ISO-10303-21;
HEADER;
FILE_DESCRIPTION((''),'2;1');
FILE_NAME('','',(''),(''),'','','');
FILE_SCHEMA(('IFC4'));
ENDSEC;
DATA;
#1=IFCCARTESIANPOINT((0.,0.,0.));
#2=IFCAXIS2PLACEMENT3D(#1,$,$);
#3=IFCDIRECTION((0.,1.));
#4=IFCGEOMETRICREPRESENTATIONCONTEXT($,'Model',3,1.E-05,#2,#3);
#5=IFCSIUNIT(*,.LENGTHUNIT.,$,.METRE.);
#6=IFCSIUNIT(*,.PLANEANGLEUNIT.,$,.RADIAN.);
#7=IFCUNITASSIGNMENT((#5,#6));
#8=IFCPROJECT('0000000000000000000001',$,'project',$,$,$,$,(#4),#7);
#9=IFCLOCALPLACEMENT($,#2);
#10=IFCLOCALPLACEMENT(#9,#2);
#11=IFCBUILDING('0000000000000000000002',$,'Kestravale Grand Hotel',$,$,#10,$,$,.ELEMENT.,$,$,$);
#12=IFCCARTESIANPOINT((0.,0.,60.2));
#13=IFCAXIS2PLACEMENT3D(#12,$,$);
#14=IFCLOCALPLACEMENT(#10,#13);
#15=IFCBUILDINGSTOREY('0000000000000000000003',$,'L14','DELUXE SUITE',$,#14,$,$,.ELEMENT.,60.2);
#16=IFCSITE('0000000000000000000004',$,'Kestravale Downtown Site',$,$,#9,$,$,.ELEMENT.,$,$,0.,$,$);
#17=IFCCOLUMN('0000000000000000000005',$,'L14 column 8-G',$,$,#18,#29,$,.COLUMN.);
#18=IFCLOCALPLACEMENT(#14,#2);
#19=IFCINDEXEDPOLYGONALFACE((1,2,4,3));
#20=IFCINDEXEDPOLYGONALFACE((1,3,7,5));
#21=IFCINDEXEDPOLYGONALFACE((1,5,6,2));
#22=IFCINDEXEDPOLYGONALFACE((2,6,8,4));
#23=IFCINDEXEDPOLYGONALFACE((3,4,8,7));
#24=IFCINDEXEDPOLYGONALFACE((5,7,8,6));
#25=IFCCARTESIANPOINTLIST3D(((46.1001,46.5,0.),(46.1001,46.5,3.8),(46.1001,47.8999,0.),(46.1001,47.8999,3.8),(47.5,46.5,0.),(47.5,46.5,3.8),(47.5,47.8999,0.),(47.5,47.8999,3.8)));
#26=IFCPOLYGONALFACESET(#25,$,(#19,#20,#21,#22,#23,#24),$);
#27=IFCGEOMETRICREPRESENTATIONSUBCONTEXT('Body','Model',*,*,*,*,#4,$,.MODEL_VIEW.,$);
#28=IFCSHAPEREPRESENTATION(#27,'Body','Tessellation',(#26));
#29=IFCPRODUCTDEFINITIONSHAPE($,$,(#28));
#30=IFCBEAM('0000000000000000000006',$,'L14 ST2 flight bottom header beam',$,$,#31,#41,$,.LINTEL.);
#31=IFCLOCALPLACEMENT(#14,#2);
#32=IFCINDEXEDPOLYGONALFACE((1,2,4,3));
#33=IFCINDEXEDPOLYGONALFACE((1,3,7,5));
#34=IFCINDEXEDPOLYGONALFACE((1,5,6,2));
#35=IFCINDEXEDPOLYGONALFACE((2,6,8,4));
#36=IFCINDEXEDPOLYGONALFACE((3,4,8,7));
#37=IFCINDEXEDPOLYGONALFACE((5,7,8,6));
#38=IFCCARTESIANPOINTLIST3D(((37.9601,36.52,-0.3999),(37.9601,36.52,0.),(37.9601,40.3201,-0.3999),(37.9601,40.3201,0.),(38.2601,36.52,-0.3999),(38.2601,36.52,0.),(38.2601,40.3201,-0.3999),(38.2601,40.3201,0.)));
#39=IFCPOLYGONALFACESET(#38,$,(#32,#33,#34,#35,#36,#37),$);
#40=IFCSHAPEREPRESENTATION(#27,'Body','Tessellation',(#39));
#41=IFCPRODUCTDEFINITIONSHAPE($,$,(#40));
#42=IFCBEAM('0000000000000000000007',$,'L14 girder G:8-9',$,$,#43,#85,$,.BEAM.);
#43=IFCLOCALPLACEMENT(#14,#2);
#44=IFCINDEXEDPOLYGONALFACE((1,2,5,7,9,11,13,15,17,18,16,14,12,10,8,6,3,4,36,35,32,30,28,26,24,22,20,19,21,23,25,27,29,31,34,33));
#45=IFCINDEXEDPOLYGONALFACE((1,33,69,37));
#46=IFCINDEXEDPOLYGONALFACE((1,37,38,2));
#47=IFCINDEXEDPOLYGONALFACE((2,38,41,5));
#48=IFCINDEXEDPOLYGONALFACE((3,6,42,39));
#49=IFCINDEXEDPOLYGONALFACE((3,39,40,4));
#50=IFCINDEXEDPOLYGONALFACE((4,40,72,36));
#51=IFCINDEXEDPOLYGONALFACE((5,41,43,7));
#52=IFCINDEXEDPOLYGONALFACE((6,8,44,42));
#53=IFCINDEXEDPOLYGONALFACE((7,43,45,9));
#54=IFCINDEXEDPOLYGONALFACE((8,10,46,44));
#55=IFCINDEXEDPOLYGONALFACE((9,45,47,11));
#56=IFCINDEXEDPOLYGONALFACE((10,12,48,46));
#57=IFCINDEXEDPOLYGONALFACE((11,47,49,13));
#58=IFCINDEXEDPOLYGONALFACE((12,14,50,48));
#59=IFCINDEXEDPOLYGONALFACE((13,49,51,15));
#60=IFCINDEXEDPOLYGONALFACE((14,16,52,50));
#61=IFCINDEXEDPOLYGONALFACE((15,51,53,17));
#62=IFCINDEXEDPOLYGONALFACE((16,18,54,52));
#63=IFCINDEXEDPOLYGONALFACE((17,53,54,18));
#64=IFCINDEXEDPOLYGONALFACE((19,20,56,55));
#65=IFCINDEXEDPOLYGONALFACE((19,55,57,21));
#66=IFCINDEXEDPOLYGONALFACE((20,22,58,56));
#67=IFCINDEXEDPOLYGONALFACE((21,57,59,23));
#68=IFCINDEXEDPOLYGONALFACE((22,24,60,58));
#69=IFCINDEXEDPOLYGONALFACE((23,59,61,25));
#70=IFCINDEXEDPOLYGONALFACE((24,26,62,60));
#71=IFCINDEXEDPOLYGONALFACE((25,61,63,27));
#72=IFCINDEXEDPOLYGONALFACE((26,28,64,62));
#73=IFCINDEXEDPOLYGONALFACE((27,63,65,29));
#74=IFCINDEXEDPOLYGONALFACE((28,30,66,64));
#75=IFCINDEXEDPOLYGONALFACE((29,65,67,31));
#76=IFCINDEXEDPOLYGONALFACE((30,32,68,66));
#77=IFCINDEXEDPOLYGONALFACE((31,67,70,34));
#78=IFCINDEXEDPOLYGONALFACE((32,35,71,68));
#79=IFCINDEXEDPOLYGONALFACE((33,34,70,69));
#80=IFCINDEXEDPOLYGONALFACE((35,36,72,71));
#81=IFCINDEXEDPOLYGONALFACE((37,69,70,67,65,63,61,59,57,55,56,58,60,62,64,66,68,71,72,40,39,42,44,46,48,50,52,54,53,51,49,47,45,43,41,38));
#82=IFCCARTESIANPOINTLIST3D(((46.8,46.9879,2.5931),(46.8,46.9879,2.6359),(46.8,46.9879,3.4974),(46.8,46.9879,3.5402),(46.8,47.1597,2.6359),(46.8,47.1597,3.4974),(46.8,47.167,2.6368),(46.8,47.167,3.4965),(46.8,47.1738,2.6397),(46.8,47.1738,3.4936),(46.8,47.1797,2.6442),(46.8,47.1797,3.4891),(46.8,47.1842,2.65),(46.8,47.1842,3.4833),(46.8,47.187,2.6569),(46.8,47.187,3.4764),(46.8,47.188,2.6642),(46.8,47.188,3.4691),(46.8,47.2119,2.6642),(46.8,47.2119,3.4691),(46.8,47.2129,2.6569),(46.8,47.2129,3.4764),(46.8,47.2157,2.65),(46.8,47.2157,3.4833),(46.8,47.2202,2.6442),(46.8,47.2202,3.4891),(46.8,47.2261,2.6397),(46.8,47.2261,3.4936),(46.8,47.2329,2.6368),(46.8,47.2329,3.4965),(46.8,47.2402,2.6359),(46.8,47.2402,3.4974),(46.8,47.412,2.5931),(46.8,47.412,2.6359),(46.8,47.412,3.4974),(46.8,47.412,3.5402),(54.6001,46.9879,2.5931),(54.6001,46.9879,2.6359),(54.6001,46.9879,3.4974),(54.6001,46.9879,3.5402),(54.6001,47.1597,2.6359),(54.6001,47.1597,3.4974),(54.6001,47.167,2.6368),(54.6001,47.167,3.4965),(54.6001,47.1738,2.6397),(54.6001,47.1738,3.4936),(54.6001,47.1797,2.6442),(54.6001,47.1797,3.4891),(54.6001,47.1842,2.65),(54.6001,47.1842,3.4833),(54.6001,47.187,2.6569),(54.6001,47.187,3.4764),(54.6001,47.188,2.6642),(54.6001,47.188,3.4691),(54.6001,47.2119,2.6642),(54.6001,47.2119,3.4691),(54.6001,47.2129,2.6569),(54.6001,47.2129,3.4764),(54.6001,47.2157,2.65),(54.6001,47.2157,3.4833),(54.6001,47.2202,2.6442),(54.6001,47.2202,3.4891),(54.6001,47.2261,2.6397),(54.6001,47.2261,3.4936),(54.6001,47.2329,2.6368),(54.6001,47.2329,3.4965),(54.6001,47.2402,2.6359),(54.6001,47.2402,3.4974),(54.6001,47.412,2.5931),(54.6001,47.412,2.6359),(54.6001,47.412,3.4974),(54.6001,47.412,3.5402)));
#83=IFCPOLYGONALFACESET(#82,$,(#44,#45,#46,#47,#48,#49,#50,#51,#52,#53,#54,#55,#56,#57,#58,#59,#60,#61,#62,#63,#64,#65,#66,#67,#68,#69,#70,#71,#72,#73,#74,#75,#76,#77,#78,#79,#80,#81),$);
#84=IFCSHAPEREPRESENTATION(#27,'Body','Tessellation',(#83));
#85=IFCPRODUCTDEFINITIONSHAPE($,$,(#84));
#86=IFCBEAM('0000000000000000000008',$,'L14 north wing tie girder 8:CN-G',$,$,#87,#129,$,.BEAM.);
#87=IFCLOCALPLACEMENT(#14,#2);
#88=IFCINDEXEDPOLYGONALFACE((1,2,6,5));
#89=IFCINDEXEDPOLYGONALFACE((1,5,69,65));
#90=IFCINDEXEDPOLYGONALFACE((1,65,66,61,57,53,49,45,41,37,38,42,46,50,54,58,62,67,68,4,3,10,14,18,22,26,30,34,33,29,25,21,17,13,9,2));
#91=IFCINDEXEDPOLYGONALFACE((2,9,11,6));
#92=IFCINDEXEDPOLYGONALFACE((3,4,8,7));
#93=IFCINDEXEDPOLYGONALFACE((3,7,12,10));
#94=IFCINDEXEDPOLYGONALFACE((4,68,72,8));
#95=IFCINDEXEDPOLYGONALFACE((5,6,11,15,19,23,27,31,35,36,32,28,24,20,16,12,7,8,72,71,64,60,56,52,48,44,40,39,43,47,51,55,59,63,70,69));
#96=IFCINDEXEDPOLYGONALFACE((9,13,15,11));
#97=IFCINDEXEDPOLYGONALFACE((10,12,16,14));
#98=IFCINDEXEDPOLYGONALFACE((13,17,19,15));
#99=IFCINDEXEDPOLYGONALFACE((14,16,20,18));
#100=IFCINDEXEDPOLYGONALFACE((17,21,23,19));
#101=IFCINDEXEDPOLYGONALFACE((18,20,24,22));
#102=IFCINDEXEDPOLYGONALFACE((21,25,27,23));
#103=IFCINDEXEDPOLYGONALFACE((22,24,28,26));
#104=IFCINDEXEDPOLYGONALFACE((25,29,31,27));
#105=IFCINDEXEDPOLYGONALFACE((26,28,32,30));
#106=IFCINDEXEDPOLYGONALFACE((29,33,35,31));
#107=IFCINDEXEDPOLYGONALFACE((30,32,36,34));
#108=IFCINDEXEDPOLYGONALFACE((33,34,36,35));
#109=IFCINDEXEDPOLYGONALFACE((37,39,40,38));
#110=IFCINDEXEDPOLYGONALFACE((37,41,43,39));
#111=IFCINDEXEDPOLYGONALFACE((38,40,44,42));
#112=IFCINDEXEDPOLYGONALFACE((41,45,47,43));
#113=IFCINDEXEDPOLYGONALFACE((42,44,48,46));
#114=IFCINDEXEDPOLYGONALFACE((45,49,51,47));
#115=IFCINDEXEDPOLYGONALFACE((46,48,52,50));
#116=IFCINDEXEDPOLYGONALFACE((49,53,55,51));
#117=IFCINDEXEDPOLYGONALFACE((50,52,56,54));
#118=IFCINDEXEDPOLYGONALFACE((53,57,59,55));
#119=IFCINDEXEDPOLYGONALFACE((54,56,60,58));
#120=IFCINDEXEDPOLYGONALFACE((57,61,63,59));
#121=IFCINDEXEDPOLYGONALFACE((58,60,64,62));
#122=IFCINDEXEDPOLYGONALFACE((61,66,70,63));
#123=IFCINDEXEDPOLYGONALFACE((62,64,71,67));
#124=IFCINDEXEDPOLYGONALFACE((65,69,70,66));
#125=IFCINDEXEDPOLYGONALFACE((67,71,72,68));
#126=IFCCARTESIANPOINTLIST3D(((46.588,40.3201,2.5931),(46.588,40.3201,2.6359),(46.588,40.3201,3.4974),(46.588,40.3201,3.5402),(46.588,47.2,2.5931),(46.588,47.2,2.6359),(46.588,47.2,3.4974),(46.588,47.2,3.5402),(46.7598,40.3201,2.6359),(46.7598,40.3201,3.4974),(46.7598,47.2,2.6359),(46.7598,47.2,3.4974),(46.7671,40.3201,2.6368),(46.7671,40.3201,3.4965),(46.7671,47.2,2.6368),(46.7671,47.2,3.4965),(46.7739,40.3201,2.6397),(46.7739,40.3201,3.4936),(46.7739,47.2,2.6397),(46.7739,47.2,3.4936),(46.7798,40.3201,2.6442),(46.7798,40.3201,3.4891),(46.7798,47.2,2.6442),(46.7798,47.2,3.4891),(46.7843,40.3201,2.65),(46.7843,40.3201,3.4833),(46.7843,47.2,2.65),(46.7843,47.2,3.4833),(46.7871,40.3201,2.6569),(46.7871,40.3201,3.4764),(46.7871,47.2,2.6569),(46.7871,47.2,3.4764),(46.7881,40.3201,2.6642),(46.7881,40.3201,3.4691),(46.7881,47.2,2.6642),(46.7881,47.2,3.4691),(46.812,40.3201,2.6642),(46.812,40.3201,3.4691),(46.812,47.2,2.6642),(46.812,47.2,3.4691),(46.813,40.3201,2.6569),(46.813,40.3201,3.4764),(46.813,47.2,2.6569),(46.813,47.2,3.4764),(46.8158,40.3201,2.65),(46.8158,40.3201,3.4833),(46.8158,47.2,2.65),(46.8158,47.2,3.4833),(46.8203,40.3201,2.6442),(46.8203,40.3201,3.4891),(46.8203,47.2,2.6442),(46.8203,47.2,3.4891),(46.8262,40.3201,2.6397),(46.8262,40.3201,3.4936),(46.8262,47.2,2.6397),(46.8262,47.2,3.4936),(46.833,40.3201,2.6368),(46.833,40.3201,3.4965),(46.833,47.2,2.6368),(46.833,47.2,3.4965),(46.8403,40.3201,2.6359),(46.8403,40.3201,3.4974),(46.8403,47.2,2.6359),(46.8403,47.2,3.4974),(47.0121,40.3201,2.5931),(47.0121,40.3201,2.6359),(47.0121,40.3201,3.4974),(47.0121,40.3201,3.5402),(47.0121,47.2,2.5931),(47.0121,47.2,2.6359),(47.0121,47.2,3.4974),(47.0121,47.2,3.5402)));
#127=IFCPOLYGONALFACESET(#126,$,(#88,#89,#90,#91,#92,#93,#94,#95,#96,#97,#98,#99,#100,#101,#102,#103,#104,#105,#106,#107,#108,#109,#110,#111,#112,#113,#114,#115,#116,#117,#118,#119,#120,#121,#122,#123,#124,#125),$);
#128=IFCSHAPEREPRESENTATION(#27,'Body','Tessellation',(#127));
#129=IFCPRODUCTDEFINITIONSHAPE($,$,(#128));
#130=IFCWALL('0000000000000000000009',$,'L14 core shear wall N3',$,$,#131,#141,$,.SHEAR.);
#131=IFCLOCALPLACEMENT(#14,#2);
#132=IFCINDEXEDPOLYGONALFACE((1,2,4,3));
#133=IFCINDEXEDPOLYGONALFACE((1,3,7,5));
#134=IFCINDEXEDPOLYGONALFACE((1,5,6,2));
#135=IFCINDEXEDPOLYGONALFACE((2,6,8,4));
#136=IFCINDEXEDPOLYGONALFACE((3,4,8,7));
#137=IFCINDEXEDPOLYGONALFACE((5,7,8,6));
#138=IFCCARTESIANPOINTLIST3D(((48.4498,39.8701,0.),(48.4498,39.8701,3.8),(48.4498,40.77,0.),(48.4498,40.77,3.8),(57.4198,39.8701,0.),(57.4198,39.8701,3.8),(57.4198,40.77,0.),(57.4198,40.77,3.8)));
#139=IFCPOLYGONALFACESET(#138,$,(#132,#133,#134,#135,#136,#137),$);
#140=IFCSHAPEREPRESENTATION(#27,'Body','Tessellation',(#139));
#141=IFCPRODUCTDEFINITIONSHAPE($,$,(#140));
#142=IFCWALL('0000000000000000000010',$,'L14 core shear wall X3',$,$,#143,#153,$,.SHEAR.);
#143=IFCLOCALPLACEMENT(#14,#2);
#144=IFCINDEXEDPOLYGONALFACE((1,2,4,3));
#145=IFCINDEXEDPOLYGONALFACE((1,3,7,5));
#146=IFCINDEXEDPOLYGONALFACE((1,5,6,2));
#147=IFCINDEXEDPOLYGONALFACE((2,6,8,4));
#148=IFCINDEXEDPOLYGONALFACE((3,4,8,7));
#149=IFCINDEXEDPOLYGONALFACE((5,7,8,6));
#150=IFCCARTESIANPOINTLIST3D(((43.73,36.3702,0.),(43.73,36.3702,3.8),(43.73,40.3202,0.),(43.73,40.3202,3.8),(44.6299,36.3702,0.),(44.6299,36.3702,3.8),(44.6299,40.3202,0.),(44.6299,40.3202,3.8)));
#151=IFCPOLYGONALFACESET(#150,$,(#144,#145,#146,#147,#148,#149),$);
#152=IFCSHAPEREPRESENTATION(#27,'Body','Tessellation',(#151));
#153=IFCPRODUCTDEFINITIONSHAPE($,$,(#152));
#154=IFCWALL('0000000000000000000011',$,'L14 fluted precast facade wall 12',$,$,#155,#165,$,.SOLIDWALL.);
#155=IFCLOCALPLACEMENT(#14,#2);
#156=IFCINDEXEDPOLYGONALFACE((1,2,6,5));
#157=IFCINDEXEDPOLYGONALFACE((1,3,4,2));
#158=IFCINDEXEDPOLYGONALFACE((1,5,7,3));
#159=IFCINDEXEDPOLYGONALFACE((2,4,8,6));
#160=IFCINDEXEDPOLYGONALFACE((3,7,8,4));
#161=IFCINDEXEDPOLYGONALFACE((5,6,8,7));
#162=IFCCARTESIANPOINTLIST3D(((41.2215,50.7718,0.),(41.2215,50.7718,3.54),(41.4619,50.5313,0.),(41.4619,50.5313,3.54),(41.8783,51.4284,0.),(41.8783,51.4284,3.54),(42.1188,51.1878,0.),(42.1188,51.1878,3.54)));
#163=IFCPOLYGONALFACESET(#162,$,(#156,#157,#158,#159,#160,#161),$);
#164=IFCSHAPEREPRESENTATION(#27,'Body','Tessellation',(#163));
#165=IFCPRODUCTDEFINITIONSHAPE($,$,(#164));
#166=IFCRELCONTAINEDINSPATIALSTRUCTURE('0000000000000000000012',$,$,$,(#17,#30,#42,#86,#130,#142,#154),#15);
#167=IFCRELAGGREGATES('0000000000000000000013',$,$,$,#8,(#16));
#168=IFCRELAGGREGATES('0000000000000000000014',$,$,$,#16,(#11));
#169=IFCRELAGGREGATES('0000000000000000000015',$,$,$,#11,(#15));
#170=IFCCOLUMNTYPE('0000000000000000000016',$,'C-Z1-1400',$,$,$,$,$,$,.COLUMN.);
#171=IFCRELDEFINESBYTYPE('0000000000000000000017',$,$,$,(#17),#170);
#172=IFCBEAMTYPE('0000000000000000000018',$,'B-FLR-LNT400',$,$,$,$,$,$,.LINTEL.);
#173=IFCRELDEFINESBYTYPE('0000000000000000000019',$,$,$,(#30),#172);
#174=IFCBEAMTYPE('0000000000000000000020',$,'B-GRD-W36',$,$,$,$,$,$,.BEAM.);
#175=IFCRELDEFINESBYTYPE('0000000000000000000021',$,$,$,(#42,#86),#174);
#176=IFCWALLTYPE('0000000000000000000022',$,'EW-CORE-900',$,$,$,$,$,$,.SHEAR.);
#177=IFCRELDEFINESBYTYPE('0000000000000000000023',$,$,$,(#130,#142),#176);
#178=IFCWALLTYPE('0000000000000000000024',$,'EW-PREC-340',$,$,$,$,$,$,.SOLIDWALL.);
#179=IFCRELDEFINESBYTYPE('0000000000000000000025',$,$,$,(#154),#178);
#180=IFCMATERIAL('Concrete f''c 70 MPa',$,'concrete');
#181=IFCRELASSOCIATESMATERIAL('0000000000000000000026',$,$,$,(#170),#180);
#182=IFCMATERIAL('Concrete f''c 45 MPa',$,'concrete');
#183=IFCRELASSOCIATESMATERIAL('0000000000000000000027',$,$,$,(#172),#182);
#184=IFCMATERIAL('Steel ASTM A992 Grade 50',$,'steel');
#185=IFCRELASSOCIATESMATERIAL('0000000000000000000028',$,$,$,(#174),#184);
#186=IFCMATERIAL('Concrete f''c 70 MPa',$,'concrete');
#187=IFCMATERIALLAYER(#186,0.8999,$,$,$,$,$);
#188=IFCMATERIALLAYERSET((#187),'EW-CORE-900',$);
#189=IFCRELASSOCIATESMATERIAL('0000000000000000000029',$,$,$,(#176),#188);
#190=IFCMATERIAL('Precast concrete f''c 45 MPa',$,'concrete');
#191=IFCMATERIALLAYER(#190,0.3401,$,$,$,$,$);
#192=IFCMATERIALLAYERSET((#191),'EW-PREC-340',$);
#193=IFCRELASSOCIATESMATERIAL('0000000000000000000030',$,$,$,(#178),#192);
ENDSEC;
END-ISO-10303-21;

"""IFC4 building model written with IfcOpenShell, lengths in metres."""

from ifc_helpers import new_model, si_unit, direction, frame, frame_2d, origin, origin_2d, place, context, subcontext, project, spatial, rectangle, i_section, extrude, material, layer, layer_set, material_profile, profile_set, type_object, element, save


model = new_model("IFC4")

# Units and contexts
model_context = context("Model", 3, precision=1e-05, world=origin(), true_north=direction((0.0, 1.0)))
body_context = subcontext(model_context, "Body", "Model", "MODEL_VIEW")
ifc_project = project(units=[si_unit("LENGTHUNIT", "METRE"), si_unit("PLANEANGLEUNIT", "RADIAN")], contexts=[model_context])

# Site, building, storey
site_placement = place(None, origin())
site = spatial("IfcSite", under=ifc_project, at=site_placement, Name="Kestravale Downtown Site", CompositionType="ELEMENT", RefElevation=0.0)
building_placement = place(site_placement, origin())
building = spatial("IfcBuilding", under=site, at=building_placement, Name="Kestravale Grand Hotel", CompositionType="ELEMENT")
storey_placement = place(building_placement, frame((0.0, 0.0, 60.2)))
storey = spatial("IfcBuildingStorey", under=building, at=storey_placement, Name="L14", Description="DELUXE SUITE", CompositionType="ELEMENT", Elevation=60.2)

# Column
ifc_material_1 = material(Name="Concrete f'c 70 MPa", Category="concrete")
ifc_material_profile_1 = material_profile(ifc_material_1, rectangle(XDim=1.3999, YDim=1.3999, at=origin_2d()))
ifc_profile_set_1 = profile_set([ifc_material_profile_1], Name="Concrete f'c 70 MPa")
column_type = type_object("IfcColumnType", Name="C-Z1-1400", PredefinedType="COLUMN", material=ifc_profile_set_1)
column_placement = place(storey_placement, frame((46.8, 47.2, 0.0), z_axis=(0.0, 0.0, 1.0), x_axis=(1.0, 0.0, 0.0)))
element("IfcColumn", 1, at=column_placement, inside=storey, type_object=column_type, Name="L14 column 8-G", PredefinedType="COLUMN", context=body_context, shape_type="SweptSolid", body=[
    extrude(rectangle(XDim=1.3999, YDim=1.3999, at=origin_2d()), origin(), (0.0, 0.0, 1.0), 3.8),
])

# Beams
ifc_material_2 = material(Name="Concrete f'c 45 MPa", Category="concrete")
ifc_material_profile_2 = material_profile(ifc_material_2, rectangle(XDim=0.3, YDim=0.3999, at=origin_2d()))
ifc_profile_set_2 = profile_set([ifc_material_profile_2], Name="Concrete f'c 45 MPa")
beam_type_1 = type_object("IfcBeamType", Name="B-FLR-LNT400", PredefinedType="LINTEL", material=ifc_profile_set_2)
beam_1_placement = place(storey_placement, frame((38.1101, 36.52, -0.2), z_axis=(0.0, 1.0, 0.0), x_axis=(-1.0, 0.0, 0.0)))
element("IfcBeam", 2, at=beam_1_placement, inside=storey, type_object=beam_type_1, Name="L14 ST2 flight bottom header beam", PredefinedType="LINTEL", context=body_context, shape_type="SweptSolid", body=[
    extrude(rectangle(XDim=0.3, YDim=0.3999, at=origin_2d()), origin(), (0.0, 0.0, 1.0), 3.8),
])
ifc_material_3 = material(Name="Steel ASTM A992 Grade 50", Category="steel")
ifc_material_profile_3 = material_profile(ifc_material_3, i_section(OverallWidth=0.4241, OverallDepth=0.947, WebThickness=0.0239, FlangeThickness=0.0427, FilletRadius=0.0283, at=origin_2d()))
ifc_profile_set_3 = profile_set([ifc_material_profile_3], Name="Steel ASTM A992 Grade 50")
beam_type_2 = type_object("IfcBeamType", Name="B-GRD-W36", PredefinedType="BEAM", material=ifc_profile_set_3)
beam_2_placement = place(storey_placement, frame((46.8, 47.2, 3.0667), z_axis=(1.0, 0.0, 0.0), x_axis=(0.0, 1.0, 0.0)))
element("IfcBeam", 3, at=beam_2_placement, inside=storey, type_object=beam_type_2, Name="L14 girder G:8-9", PredefinedType="BEAM", context=body_context, shape_type="SweptSolid", body=[
    extrude(i_section(OverallWidth=0.4241, OverallDepth=0.947, WebThickness=0.0239, FlangeThickness=0.0427, FilletRadius=0.0283, at=origin_2d()), origin(), (0.0, 0.0, 1.0), 7.8),
])
beam_3_placement = place(storey_placement, frame((46.8, 40.3201, 3.0667), z_axis=(0.0, 1.0, 0.0), x_axis=(-1.0, 0.0, 0.0)))
element("IfcBeam", 4, at=beam_3_placement, inside=storey, type_object=beam_type_2, Name="L14 north wing tie girder 8:CN-G", PredefinedType="BEAM", context=body_context, shape_type="SweptSolid", body=[
    extrude(i_section(OverallWidth=0.4241, OverallDepth=0.947, WebThickness=0.0239, FlangeThickness=0.0427, FilletRadius=0.0283, at=origin_2d()), origin(), (0.0, 0.0, 1.0), 6.8799),
])

# Walls
ifc_material_4 = material(Name="Concrete f'c 70 MPa", Category="concrete")
ifc_layer_1 = layer(ifc_material_4, 0.8999)
ifc_layer_set_1 = layer_set([ifc_layer_1], Name="EW-CORE-900")
wall_type_1 = type_object("IfcWallType", Name="EW-CORE-900", PredefinedType="SHEAR", material=ifc_layer_set_1)
wall_1_placement = place(storey_placement, frame((48.45, 40.3201, 0.0), z_axis=(0.0, 0.0, 1.0), x_axis=(1.0, 0.0, 0.0)))
element("IfcWall", 5, at=wall_1_placement, inside=storey, type_object=wall_type_1, Name="L14 core shear wall N3", PredefinedType="SHEAR", context=body_context, shape_type="SweptSolid", body=[
    extrude(rectangle(XDim=8.97, YDim=0.8999, at=frame_2d((4.4849, 0.0))), origin(), (0.0, 0.0, 1.0), 3.8),
])
wall_2_placement = place(storey_placement, frame((44.1799, 36.3701, 0.0), z_axis=(0.0, 0.0, 1.0), x_axis=(0.0, 1.0, 0.0)))
element("IfcWall", 6, at=wall_2_placement, inside=storey, type_object=wall_type_1, Name="L14 core shear wall X3", PredefinedType="SHEAR", context=body_context, shape_type="SweptSolid", body=[
    extrude(rectangle(XDim=3.95, YDim=0.8999, at=frame_2d((1.9751, 0.0))), origin(), (0.0, 0.0, 1.0), 3.8),
])
ifc_material_5 = material(Name="Precast concrete f'c 45 MPa", Category="concrete")
ifc_layer_2 = layer(ifc_material_5, 0.3401)
ifc_layer_set_2 = layer_set([ifc_layer_2], Name="EW-PREC-340")
wall_type_2 = type_object("IfcWallType", Name="EW-PREC-340", PredefinedType="SOLIDWALL", material=ifc_layer_set_2)
wall_3_placement = place(storey_placement, frame((41.9985, 51.3081, 0.0), z_axis=(0.0, 0.0, 1.0), x_axis=(-0.707238, -0.706975, 0.0)))
element("IfcWall", 7, at=wall_3_placement, inside=storey, type_object=wall_type_2, Name="L14 fluted precast facade wall 12", PredefinedType="SOLIDWALL", context=body_context, shape_type="SweptSolid", body=[
    extrude(rectangle(XDim=0.9287, YDim=0.3401, at=frame_2d((0.4644, 0.0))), origin(), (0.0, 0.0, 1.0), 3.54),
])

save(model, "model.ifc")
